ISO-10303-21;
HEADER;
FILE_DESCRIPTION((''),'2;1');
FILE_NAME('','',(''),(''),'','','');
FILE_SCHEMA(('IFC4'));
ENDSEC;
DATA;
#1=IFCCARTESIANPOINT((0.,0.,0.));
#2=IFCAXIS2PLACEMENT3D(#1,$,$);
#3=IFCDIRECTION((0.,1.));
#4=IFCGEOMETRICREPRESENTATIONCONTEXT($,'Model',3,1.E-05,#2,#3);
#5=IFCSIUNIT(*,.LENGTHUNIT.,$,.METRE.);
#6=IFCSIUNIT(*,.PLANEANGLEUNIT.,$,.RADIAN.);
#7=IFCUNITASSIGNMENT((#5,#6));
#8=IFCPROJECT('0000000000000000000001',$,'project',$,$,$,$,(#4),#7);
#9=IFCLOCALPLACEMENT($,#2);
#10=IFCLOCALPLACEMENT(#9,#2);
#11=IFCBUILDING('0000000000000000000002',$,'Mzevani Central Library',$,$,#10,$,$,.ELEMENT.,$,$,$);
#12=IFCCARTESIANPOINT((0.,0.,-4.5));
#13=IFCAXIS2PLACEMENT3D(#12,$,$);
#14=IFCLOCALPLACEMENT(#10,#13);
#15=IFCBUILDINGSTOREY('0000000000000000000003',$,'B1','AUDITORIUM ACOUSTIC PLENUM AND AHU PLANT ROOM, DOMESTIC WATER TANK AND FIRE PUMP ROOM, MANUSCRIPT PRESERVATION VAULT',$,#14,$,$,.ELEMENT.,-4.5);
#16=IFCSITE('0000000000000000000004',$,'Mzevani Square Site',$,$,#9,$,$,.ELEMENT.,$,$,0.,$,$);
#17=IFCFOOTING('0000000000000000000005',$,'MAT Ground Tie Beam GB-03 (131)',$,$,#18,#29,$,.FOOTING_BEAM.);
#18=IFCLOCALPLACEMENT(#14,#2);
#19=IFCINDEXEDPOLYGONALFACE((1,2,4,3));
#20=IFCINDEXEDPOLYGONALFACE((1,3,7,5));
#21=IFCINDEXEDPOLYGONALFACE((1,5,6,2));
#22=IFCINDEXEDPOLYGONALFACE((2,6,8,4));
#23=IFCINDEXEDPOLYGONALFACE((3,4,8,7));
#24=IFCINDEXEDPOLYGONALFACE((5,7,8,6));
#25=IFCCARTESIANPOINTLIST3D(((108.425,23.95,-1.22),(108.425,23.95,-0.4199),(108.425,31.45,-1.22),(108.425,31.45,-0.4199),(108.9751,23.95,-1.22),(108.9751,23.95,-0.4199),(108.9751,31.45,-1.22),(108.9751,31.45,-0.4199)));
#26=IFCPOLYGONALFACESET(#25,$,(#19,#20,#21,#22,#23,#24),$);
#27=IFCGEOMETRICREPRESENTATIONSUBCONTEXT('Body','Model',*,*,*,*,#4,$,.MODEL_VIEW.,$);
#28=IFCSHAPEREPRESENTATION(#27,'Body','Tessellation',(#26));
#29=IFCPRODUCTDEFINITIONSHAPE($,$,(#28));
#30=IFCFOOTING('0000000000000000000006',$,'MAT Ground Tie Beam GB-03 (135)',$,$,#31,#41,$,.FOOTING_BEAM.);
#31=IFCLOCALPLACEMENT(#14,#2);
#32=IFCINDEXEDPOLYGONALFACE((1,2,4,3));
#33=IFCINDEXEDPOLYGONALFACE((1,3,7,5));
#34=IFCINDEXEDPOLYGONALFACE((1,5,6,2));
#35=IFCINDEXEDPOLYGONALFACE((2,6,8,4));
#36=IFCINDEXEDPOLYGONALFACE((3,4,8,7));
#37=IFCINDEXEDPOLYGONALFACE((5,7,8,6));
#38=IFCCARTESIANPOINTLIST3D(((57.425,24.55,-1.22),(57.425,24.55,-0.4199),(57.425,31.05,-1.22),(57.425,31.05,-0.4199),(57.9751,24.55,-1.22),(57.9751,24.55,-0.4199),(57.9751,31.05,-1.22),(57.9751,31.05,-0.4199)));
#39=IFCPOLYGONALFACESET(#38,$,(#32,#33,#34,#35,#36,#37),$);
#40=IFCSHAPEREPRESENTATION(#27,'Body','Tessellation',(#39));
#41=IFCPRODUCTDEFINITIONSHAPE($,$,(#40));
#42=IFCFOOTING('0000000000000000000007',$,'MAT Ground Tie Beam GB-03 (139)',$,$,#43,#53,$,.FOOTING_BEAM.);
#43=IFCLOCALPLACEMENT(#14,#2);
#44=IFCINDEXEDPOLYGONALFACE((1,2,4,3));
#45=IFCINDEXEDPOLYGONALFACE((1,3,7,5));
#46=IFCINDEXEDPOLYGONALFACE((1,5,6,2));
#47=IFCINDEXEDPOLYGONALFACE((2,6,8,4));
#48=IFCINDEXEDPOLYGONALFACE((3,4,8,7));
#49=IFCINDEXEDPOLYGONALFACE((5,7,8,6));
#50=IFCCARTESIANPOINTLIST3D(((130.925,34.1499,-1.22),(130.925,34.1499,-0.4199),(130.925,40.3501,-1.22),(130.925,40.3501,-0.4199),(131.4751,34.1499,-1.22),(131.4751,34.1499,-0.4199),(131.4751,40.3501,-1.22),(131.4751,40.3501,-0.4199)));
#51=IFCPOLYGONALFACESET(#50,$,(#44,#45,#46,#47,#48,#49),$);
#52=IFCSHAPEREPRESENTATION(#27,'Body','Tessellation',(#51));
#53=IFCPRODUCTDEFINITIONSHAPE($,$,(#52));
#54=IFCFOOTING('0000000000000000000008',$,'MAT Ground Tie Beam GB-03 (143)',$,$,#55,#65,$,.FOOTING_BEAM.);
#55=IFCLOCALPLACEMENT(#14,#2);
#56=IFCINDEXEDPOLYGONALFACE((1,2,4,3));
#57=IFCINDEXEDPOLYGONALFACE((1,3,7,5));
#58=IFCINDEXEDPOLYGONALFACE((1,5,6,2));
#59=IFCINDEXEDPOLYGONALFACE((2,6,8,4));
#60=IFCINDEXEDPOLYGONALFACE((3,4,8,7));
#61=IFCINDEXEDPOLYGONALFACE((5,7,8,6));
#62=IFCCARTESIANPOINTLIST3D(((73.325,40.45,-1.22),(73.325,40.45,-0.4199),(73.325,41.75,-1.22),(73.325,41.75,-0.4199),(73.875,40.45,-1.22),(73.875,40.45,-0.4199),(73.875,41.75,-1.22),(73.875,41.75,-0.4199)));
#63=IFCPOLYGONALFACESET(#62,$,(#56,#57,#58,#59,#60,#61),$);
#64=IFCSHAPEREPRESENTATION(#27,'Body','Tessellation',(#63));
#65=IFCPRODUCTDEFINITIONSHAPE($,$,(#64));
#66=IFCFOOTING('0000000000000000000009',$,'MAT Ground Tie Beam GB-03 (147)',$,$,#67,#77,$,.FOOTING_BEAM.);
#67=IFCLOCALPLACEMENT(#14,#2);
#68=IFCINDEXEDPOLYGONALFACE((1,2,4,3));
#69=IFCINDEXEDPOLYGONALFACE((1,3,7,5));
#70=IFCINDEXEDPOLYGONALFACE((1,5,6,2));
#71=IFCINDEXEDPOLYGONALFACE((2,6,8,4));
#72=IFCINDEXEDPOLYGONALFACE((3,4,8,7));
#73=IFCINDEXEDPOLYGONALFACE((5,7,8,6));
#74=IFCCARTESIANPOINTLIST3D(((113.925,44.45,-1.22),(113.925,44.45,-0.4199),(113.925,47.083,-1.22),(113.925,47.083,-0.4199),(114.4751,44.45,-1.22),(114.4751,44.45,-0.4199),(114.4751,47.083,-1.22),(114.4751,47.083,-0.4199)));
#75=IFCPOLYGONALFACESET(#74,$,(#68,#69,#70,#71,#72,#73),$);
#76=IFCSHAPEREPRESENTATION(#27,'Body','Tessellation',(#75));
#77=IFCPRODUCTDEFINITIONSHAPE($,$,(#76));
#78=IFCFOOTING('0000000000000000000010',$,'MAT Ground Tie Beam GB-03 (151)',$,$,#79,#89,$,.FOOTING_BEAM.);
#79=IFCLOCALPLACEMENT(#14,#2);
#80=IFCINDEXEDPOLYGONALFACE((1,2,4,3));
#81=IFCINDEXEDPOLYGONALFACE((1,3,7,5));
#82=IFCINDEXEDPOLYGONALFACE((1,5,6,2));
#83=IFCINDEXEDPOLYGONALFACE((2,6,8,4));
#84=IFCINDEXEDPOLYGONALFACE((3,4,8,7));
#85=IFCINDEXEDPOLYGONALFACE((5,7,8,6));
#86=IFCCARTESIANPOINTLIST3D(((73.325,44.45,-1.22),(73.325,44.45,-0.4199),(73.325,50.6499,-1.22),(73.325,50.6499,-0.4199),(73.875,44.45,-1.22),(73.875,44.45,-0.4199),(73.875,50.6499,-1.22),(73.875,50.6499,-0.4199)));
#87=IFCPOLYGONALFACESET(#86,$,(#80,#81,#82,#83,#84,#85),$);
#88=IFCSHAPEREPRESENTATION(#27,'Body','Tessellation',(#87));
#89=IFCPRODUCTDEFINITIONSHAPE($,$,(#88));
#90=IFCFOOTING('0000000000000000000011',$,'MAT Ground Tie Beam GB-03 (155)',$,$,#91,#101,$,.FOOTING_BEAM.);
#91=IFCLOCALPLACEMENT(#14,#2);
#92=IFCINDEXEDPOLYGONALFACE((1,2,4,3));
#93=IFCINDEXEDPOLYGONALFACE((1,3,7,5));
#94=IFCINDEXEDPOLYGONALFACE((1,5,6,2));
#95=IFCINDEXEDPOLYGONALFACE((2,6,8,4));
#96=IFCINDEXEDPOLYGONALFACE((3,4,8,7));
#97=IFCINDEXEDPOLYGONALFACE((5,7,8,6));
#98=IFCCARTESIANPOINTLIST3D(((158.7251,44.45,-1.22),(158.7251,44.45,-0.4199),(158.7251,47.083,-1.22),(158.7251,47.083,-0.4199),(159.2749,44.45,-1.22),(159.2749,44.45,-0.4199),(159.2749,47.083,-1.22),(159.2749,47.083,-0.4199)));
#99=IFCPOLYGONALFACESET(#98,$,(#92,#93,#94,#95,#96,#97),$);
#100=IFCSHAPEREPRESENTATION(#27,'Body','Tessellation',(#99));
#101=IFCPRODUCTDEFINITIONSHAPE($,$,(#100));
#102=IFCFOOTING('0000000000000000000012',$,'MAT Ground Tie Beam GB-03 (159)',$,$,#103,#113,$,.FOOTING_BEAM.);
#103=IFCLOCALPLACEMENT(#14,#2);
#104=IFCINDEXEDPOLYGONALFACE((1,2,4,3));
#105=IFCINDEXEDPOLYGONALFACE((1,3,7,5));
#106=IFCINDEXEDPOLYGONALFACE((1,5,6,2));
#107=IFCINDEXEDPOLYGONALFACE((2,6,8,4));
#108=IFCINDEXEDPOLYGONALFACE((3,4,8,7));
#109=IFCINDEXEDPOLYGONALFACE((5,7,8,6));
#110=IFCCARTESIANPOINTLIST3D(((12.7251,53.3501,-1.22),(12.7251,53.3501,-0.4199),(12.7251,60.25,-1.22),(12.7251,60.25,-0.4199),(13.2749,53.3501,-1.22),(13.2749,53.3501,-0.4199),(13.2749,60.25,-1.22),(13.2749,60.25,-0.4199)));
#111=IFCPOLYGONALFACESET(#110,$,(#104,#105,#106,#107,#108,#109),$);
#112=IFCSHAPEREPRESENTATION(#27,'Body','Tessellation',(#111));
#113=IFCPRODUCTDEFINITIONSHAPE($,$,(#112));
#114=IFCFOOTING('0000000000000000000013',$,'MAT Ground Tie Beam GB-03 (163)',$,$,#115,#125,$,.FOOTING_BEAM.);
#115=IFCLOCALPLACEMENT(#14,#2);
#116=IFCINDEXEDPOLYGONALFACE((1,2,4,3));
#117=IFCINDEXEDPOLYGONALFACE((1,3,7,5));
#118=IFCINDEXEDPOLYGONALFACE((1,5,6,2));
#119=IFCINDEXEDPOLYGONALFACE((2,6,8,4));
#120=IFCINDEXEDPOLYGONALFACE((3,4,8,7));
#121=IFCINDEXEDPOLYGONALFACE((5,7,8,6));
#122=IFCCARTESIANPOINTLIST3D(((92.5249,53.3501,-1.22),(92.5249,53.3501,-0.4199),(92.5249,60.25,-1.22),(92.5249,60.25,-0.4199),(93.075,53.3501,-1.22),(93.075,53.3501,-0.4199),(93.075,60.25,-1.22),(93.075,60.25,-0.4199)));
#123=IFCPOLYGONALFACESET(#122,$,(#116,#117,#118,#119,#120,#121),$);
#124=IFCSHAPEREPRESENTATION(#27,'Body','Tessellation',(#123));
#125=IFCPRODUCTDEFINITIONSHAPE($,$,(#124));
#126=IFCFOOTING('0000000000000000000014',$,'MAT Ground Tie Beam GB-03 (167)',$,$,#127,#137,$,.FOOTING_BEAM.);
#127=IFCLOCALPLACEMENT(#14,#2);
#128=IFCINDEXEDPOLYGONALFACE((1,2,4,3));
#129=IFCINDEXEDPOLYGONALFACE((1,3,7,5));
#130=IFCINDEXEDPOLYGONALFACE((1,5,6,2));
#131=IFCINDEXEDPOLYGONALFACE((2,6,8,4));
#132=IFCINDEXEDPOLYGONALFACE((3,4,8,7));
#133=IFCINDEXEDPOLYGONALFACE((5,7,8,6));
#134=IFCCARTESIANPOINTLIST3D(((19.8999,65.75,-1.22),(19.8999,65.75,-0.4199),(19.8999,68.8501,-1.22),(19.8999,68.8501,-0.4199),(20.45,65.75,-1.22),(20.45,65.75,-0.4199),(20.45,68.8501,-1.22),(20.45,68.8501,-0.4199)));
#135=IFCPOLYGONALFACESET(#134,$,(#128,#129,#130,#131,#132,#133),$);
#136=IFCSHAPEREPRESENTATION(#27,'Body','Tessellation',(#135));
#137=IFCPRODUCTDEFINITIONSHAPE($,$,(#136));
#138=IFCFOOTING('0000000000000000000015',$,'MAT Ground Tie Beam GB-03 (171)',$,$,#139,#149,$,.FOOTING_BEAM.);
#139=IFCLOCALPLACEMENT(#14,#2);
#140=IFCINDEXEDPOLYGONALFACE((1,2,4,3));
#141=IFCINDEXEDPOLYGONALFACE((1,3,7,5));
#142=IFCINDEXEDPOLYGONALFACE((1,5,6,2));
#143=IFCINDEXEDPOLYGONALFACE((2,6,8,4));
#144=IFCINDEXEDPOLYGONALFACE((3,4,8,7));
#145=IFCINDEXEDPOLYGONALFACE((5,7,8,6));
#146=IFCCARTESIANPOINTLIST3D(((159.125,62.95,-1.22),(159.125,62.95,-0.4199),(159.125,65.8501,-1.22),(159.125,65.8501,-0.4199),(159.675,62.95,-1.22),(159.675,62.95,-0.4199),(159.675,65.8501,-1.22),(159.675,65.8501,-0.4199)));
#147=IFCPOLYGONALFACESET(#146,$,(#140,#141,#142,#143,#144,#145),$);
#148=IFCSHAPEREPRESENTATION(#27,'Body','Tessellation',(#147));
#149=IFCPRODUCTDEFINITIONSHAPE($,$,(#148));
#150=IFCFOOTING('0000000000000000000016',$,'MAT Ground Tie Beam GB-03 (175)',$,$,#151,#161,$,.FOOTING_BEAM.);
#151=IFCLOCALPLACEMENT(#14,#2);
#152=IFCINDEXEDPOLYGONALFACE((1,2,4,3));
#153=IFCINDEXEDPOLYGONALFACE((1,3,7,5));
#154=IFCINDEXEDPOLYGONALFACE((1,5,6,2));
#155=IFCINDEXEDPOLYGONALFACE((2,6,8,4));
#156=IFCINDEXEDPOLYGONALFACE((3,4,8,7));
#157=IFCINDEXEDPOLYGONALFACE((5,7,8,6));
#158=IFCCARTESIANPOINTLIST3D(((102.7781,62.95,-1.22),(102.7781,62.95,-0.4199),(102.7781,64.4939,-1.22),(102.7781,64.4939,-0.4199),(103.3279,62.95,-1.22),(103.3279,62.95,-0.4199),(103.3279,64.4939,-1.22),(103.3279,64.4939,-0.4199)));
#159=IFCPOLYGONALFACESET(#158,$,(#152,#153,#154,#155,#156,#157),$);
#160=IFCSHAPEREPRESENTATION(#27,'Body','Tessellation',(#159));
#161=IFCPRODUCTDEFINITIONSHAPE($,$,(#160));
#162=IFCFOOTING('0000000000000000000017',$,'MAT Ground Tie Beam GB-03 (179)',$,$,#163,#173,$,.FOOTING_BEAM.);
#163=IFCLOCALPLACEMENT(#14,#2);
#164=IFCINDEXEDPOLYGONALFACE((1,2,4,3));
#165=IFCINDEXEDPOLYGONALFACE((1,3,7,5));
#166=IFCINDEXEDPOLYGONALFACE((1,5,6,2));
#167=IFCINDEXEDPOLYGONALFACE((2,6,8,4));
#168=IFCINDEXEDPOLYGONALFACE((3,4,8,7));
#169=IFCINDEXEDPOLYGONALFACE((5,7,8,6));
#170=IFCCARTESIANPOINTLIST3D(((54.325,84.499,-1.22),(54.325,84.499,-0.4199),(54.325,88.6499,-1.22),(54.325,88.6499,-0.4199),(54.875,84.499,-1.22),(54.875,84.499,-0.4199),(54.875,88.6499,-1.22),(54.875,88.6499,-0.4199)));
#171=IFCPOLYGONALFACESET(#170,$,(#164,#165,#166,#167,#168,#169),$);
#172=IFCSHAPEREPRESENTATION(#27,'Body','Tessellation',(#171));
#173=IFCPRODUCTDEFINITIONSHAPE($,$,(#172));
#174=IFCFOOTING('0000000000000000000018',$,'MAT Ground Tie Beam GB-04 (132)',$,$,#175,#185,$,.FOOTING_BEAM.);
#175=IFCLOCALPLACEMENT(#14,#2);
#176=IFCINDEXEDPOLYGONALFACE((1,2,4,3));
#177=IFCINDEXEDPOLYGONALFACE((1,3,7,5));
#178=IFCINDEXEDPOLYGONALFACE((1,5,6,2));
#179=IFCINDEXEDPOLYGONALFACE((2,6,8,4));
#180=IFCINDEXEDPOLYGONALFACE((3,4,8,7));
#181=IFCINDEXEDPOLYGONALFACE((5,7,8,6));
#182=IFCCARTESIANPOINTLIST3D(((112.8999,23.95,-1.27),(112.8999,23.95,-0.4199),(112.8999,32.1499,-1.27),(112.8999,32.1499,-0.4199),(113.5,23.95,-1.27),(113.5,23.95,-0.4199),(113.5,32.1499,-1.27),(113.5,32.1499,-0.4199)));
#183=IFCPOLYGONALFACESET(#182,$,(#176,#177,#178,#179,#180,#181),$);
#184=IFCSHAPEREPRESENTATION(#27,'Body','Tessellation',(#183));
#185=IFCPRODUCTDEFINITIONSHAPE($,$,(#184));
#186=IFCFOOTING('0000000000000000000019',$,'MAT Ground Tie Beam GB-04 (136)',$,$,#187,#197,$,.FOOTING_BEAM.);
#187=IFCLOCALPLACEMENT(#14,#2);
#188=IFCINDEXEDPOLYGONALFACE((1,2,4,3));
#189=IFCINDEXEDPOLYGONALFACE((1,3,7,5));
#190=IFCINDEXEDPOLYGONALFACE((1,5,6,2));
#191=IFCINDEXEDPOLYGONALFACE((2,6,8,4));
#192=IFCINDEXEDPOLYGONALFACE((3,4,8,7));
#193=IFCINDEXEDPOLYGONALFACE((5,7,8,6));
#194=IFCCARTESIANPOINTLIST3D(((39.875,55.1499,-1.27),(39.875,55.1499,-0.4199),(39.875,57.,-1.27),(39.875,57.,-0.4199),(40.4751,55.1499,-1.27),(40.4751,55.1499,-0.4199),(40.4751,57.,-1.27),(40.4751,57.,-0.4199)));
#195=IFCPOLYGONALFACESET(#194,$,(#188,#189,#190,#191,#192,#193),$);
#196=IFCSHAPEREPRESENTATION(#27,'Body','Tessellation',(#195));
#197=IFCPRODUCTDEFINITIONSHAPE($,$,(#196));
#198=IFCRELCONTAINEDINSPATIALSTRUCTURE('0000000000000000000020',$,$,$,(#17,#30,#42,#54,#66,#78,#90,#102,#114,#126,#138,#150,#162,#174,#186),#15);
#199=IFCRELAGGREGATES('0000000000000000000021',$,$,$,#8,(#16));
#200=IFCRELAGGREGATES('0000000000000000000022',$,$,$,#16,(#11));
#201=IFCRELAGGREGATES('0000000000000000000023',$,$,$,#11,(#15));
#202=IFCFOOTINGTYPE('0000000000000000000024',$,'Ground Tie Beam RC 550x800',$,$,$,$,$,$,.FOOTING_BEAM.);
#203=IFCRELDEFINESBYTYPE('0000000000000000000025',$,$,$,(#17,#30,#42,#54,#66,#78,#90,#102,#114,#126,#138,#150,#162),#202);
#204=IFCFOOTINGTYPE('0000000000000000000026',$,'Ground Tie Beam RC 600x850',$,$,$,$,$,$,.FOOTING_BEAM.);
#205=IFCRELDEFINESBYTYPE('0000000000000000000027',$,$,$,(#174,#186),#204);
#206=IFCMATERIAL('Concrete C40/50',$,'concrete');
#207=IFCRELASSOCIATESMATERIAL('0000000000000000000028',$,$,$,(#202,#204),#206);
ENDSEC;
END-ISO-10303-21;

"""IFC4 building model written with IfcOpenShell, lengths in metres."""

from ifc_helpers import new_model, si_unit, direction, frame, origin, place, context, subcontext, project, spatial, polyline, outline, extrude, material, type_object, element, save


model = new_model("IFC4")

# Units and contexts
model_context = context("Model", 3, precision=1e-05, world=origin(), true_north=direction((0.0, 1.0)))
body_context = subcontext(model_context, "Body", "Model", "MODEL_VIEW")
ifc_project = project(units=[si_unit("LENGTHUNIT", "METRE"), si_unit("PLANEANGLEUNIT", "RADIAN")], contexts=[model_context])

# Site, building, storey
site_placement = place(None, origin())
site = spatial("IfcSite", under=ifc_project, at=site_placement, Name="Mzevani Square Site", CompositionType="ELEMENT", RefElevation=0.0)
building_placement = place(site_placement, origin())
building = spatial("IfcBuilding", under=site, at=building_placement, Name="Mzevani Central Library", CompositionType="ELEMENT")
storey_placement = place(building_placement, frame((0.0, 0.0, -4.5)))
storey = spatial("IfcBuildingStorey", under=building, at=storey_placement, Name="B1", Description="AUDITORIUM ACOUSTIC PLENUM AND AHU PLANT ROOM, DOMESTIC WATER TANK AND FIRE PUMP ROOM, MANUSCRIPT PRESERVATION VAULT", CompositionType="ELEMENT", Elevation=-4.5)

# Footings
ifc_material = material(Name="Concrete C40/50", Category="concrete")
footing_type_1 = type_object("IfcFootingType", Name="Ground Tie Beam RC 550x800", PredefinedType="FOOTING_BEAM", material=ifc_material)
footing_1_placement = place(storey_placement, frame((0.0, 0.0, -1.22)))
element("IfcFooting", 1, at=footing_1_placement, inside=storey, type_object=footing_type_1, Name="MAT Ground Tie Beam GB-03 (131)", PredefinedType="FOOTING_BEAM", context=body_context, shape_type="SweptSolid", body=[
    extrude(outline(polyline([(108.425, 23.95), (108.9751, 23.95), (108.9751, 31.45), (108.425, 31.45), (108.425, 23.95)])), origin(), (0.0, 0.0, 1.0), 0.8),
])
footing_2_placement = place(storey_placement, frame((0.0, 0.0, -1.22)))
element("IfcFooting", 2, at=footing_2_placement, inside=storey, type_object=footing_type_1, Name="MAT Ground Tie Beam GB-03 (135)", PredefinedType="FOOTING_BEAM", context=body_context, shape_type="SweptSolid", body=[
    extrude(outline(polyline([(57.425, 24.55), (57.9751, 24.55), (57.9751, 31.05), (57.425, 31.05), (57.425, 24.55)])), origin(), (0.0, 0.0, 1.0), 0.8),
])
footing_3_placement = place(storey_placement, frame((0.0, 0.0, -1.22)))
element("IfcFooting", 3, at=footing_3_placement, inside=storey, type_object=footing_type_1, Name="MAT Ground Tie Beam GB-03 (139)", PredefinedType="FOOTING_BEAM", context=body_context, shape_type="SweptSolid", body=[
    extrude(outline(polyline([(130.925, 34.1499), (131.4751, 34.1499), (131.4751, 40.3501), (130.925, 40.3501), (130.925, 34.1499)])), origin(), (0.0, 0.0, 1.0), 0.8),
])
footing_4_placement = place(storey_placement, frame((0.0, 0.0, -1.22)))
element("IfcFooting", 4, at=footing_4_placement, inside=storey, type_object=footing_type_1, Name="MAT Ground Tie Beam GB-03 (143)", PredefinedType="FOOTING_BEAM", context=body_context, shape_type="SweptSolid", body=[
    extrude(outline(polyline([(73.325, 40.45), (73.875, 40.45), (73.875, 41.75), (73.325, 41.75), (73.325, 40.45)])), origin(), (0.0, 0.0, 1.0), 0.8),
])
footing_5_placement = place(storey_placement, frame((0.0, 0.0, -1.22)))
element("IfcFooting", 5, at=footing_5_placement, inside=storey, type_object=footing_type_1, Name="MAT Ground Tie Beam GB-03 (147)", PredefinedType="FOOTING_BEAM", context=body_context, shape_type="SweptSolid", body=[
    extrude(outline(polyline([(113.925, 44.45), (114.4751, 44.45), (114.4751, 47.083), (113.925, 47.083), (113.925, 44.45)])), origin(), (0.0, 0.0, 1.0), 0.8),
])
footing_6_placement = place(storey_placement, frame((0.0, 0.0, -1.22)))
element("IfcFooting", 6, at=footing_6_placement, inside=storey, type_object=footing_type_1, Name="MAT Ground Tie Beam GB-03 (151)", PredefinedType="FOOTING_BEAM", context=body_context, shape_type="SweptSolid", body=[
    extrude(outline(polyline([(73.325, 44.45), (73.875, 44.45), (73.875, 50.6499), (73.325, 50.6499), (73.325, 44.45)])), origin(), (0.0, 0.0, 1.0), 0.8),
])
footing_7_placement = place(storey_placement, frame((0.0, 0.0, -1.22)))
element("IfcFooting", 7, at=footing_7_placement, inside=storey, type_object=footing_type_1, Name="MAT Ground Tie Beam GB-03 (155)", PredefinedType="FOOTING_BEAM", context=body_context, shape_type="SweptSolid", body=[
    extrude(outline(polyline([(158.7251, 44.45), (159.2749, 44.45), (159.2749, 47.083), (158.7251, 47.083), (158.7251, 44.45)])), origin(), (0.0, 0.0, 1.0), 0.8),
])
footing_8_placement = place(storey_placement, frame((0.0, 0.0, -1.22)))
element("IfcFooting", 8, at=footing_8_placement, inside=storey, type_object=footing_type_1, Name="MAT Ground Tie Beam GB-03 (159)", PredefinedType="FOOTING_BEAM", context=body_context, shape_type="SweptSolid", body=[
    extrude(outline(polyline([(12.7251, 53.3501), (13.2749, 53.3501), (13.2749, 60.25), (12.7251, 60.25), (12.7251, 53.3501)])), origin(), (0.0, 0.0, 1.0), 0.8),
])
footing_9_placement = place(storey_placement, frame((0.0, 0.0, -1.22)))
element("IfcFooting", 9, at=footing_9_placement, inside=storey, type_object=footing_type_1, Name="MAT Ground Tie Beam GB-03 (163)", PredefinedType="FOOTING_BEAM", context=body_context, shape_type="SweptSolid", body=[
    extrude(outline(polyline([(92.5249, 53.3501), (93.075, 53.3501), (93.075, 60.25), (92.5249, 60.25), (92.5249, 53.3501)])), origin(), (0.0, 0.0, 1.0), 0.8),
])
footing_10_placement = place(storey_placement, frame((0.0, 0.0, -1.22)))
element("IfcFooting", 10, at=footing_10_placement, inside=storey, type_object=footing_type_1, Name="MAT Ground Tie Beam GB-03 (167)", PredefinedType="FOOTING_BEAM", context=body_context, shape_type="SweptSolid", body=[
    extrude(outline(polyline([(19.8999, 65.75), (20.45, 65.75), (20.45, 68.8501), (19.8999, 68.8501), (19.8999, 65.75)])), origin(), (0.0, 0.0, 1.0), 0.8),
])
footing_11_placement = place(storey_placement, frame((0.0, 0.0, -1.22)))
element("IfcFooting", 11, at=footing_11_placement, inside=storey, type_object=footing_type_1, Name="MAT Ground Tie Beam GB-03 (171)", PredefinedType="FOOTING_BEAM", context=body_context, shape_type="SweptSolid", body=[
    extrude(outline(polyline([(159.125, 62.95), (159.675, 62.95), (159.675, 65.8501), (159.125, 65.8501), (159.125, 62.95)])), origin(), (0.0, 0.0, 1.0), 0.8),
])
footing_12_placement = place(storey_placement, frame((0.0, 0.0, -1.22)))
element("IfcFooting", 12, at=footing_12_placement, inside=storey, type_object=footing_type_1, Name="MAT Ground Tie Beam GB-03 (175)", PredefinedType="FOOTING_BEAM", context=body_context, shape_type="SweptSolid", body=[
    extrude(outline(polyline([(102.7781, 62.95), (103.3279, 62.95), (103.3279, 64.4939), (102.7781, 64.4939), (102.7781, 62.95)])), origin(), (0.0, 0.0, 1.0), 0.8),
])
footing_13_placement = place(storey_placement, frame((0.0, 0.0, -1.22)))
element("IfcFooting", 13, at=footing_13_placement, inside=storey, type_object=footing_type_1, Name="MAT Ground Tie Beam GB-03 (179)", PredefinedType="FOOTING_BEAM", context=body_context, shape_type="SweptSolid", body=[
    extrude(outline(polyline([(54.325, 84.499), (54.875, 84.499), (54.875, 88.6499), (54.325, 88.6499), (54.325, 84.499)])), origin(), (0.0, 0.0, 1.0), 0.8),
])
footing_type_2 = type_object("IfcFootingType", Name="Ground Tie Beam RC 600x850", PredefinedType="FOOTING_BEAM", material=ifc_material)
footing_14_placement = place(storey_placement, frame((0.0, 0.0, -1.27)))
element("IfcFooting", 14, at=footing_14_placement, inside=storey, type_object=footing_type_2, Name="MAT Ground Tie Beam GB-04 (132)", PredefinedType="FOOTING_BEAM", context=body_context, shape_type="SweptSolid", body=[
    extrude(outline(polyline([(112.8999, 23.95), (113.5, 23.95), (113.5, 32.1499), (112.8999, 32.1499), (112.8999, 23.95)])), origin(), (0.0, 0.0, 1.0), 0.8501),
])
footing_15_placement = place(storey_placement, frame((0.0, 0.0, -1.27)))
element("IfcFooting", 15, at=footing_15_placement, inside=storey, type_object=footing_type_2, Name="MAT Ground Tie Beam GB-04 (136)", PredefinedType="FOOTING_BEAM", context=body_context, shape_type="SweptSolid", body=[
    extrude(outline(polyline([(39.875, 55.1499), (40.4751, 55.1499), (40.4751, 57.0), (39.875, 57.0), (39.875, 55.1499)])), origin(), (0.0, 0.0, 1.0), 0.8501),
])

save(model, "model.ifc")
